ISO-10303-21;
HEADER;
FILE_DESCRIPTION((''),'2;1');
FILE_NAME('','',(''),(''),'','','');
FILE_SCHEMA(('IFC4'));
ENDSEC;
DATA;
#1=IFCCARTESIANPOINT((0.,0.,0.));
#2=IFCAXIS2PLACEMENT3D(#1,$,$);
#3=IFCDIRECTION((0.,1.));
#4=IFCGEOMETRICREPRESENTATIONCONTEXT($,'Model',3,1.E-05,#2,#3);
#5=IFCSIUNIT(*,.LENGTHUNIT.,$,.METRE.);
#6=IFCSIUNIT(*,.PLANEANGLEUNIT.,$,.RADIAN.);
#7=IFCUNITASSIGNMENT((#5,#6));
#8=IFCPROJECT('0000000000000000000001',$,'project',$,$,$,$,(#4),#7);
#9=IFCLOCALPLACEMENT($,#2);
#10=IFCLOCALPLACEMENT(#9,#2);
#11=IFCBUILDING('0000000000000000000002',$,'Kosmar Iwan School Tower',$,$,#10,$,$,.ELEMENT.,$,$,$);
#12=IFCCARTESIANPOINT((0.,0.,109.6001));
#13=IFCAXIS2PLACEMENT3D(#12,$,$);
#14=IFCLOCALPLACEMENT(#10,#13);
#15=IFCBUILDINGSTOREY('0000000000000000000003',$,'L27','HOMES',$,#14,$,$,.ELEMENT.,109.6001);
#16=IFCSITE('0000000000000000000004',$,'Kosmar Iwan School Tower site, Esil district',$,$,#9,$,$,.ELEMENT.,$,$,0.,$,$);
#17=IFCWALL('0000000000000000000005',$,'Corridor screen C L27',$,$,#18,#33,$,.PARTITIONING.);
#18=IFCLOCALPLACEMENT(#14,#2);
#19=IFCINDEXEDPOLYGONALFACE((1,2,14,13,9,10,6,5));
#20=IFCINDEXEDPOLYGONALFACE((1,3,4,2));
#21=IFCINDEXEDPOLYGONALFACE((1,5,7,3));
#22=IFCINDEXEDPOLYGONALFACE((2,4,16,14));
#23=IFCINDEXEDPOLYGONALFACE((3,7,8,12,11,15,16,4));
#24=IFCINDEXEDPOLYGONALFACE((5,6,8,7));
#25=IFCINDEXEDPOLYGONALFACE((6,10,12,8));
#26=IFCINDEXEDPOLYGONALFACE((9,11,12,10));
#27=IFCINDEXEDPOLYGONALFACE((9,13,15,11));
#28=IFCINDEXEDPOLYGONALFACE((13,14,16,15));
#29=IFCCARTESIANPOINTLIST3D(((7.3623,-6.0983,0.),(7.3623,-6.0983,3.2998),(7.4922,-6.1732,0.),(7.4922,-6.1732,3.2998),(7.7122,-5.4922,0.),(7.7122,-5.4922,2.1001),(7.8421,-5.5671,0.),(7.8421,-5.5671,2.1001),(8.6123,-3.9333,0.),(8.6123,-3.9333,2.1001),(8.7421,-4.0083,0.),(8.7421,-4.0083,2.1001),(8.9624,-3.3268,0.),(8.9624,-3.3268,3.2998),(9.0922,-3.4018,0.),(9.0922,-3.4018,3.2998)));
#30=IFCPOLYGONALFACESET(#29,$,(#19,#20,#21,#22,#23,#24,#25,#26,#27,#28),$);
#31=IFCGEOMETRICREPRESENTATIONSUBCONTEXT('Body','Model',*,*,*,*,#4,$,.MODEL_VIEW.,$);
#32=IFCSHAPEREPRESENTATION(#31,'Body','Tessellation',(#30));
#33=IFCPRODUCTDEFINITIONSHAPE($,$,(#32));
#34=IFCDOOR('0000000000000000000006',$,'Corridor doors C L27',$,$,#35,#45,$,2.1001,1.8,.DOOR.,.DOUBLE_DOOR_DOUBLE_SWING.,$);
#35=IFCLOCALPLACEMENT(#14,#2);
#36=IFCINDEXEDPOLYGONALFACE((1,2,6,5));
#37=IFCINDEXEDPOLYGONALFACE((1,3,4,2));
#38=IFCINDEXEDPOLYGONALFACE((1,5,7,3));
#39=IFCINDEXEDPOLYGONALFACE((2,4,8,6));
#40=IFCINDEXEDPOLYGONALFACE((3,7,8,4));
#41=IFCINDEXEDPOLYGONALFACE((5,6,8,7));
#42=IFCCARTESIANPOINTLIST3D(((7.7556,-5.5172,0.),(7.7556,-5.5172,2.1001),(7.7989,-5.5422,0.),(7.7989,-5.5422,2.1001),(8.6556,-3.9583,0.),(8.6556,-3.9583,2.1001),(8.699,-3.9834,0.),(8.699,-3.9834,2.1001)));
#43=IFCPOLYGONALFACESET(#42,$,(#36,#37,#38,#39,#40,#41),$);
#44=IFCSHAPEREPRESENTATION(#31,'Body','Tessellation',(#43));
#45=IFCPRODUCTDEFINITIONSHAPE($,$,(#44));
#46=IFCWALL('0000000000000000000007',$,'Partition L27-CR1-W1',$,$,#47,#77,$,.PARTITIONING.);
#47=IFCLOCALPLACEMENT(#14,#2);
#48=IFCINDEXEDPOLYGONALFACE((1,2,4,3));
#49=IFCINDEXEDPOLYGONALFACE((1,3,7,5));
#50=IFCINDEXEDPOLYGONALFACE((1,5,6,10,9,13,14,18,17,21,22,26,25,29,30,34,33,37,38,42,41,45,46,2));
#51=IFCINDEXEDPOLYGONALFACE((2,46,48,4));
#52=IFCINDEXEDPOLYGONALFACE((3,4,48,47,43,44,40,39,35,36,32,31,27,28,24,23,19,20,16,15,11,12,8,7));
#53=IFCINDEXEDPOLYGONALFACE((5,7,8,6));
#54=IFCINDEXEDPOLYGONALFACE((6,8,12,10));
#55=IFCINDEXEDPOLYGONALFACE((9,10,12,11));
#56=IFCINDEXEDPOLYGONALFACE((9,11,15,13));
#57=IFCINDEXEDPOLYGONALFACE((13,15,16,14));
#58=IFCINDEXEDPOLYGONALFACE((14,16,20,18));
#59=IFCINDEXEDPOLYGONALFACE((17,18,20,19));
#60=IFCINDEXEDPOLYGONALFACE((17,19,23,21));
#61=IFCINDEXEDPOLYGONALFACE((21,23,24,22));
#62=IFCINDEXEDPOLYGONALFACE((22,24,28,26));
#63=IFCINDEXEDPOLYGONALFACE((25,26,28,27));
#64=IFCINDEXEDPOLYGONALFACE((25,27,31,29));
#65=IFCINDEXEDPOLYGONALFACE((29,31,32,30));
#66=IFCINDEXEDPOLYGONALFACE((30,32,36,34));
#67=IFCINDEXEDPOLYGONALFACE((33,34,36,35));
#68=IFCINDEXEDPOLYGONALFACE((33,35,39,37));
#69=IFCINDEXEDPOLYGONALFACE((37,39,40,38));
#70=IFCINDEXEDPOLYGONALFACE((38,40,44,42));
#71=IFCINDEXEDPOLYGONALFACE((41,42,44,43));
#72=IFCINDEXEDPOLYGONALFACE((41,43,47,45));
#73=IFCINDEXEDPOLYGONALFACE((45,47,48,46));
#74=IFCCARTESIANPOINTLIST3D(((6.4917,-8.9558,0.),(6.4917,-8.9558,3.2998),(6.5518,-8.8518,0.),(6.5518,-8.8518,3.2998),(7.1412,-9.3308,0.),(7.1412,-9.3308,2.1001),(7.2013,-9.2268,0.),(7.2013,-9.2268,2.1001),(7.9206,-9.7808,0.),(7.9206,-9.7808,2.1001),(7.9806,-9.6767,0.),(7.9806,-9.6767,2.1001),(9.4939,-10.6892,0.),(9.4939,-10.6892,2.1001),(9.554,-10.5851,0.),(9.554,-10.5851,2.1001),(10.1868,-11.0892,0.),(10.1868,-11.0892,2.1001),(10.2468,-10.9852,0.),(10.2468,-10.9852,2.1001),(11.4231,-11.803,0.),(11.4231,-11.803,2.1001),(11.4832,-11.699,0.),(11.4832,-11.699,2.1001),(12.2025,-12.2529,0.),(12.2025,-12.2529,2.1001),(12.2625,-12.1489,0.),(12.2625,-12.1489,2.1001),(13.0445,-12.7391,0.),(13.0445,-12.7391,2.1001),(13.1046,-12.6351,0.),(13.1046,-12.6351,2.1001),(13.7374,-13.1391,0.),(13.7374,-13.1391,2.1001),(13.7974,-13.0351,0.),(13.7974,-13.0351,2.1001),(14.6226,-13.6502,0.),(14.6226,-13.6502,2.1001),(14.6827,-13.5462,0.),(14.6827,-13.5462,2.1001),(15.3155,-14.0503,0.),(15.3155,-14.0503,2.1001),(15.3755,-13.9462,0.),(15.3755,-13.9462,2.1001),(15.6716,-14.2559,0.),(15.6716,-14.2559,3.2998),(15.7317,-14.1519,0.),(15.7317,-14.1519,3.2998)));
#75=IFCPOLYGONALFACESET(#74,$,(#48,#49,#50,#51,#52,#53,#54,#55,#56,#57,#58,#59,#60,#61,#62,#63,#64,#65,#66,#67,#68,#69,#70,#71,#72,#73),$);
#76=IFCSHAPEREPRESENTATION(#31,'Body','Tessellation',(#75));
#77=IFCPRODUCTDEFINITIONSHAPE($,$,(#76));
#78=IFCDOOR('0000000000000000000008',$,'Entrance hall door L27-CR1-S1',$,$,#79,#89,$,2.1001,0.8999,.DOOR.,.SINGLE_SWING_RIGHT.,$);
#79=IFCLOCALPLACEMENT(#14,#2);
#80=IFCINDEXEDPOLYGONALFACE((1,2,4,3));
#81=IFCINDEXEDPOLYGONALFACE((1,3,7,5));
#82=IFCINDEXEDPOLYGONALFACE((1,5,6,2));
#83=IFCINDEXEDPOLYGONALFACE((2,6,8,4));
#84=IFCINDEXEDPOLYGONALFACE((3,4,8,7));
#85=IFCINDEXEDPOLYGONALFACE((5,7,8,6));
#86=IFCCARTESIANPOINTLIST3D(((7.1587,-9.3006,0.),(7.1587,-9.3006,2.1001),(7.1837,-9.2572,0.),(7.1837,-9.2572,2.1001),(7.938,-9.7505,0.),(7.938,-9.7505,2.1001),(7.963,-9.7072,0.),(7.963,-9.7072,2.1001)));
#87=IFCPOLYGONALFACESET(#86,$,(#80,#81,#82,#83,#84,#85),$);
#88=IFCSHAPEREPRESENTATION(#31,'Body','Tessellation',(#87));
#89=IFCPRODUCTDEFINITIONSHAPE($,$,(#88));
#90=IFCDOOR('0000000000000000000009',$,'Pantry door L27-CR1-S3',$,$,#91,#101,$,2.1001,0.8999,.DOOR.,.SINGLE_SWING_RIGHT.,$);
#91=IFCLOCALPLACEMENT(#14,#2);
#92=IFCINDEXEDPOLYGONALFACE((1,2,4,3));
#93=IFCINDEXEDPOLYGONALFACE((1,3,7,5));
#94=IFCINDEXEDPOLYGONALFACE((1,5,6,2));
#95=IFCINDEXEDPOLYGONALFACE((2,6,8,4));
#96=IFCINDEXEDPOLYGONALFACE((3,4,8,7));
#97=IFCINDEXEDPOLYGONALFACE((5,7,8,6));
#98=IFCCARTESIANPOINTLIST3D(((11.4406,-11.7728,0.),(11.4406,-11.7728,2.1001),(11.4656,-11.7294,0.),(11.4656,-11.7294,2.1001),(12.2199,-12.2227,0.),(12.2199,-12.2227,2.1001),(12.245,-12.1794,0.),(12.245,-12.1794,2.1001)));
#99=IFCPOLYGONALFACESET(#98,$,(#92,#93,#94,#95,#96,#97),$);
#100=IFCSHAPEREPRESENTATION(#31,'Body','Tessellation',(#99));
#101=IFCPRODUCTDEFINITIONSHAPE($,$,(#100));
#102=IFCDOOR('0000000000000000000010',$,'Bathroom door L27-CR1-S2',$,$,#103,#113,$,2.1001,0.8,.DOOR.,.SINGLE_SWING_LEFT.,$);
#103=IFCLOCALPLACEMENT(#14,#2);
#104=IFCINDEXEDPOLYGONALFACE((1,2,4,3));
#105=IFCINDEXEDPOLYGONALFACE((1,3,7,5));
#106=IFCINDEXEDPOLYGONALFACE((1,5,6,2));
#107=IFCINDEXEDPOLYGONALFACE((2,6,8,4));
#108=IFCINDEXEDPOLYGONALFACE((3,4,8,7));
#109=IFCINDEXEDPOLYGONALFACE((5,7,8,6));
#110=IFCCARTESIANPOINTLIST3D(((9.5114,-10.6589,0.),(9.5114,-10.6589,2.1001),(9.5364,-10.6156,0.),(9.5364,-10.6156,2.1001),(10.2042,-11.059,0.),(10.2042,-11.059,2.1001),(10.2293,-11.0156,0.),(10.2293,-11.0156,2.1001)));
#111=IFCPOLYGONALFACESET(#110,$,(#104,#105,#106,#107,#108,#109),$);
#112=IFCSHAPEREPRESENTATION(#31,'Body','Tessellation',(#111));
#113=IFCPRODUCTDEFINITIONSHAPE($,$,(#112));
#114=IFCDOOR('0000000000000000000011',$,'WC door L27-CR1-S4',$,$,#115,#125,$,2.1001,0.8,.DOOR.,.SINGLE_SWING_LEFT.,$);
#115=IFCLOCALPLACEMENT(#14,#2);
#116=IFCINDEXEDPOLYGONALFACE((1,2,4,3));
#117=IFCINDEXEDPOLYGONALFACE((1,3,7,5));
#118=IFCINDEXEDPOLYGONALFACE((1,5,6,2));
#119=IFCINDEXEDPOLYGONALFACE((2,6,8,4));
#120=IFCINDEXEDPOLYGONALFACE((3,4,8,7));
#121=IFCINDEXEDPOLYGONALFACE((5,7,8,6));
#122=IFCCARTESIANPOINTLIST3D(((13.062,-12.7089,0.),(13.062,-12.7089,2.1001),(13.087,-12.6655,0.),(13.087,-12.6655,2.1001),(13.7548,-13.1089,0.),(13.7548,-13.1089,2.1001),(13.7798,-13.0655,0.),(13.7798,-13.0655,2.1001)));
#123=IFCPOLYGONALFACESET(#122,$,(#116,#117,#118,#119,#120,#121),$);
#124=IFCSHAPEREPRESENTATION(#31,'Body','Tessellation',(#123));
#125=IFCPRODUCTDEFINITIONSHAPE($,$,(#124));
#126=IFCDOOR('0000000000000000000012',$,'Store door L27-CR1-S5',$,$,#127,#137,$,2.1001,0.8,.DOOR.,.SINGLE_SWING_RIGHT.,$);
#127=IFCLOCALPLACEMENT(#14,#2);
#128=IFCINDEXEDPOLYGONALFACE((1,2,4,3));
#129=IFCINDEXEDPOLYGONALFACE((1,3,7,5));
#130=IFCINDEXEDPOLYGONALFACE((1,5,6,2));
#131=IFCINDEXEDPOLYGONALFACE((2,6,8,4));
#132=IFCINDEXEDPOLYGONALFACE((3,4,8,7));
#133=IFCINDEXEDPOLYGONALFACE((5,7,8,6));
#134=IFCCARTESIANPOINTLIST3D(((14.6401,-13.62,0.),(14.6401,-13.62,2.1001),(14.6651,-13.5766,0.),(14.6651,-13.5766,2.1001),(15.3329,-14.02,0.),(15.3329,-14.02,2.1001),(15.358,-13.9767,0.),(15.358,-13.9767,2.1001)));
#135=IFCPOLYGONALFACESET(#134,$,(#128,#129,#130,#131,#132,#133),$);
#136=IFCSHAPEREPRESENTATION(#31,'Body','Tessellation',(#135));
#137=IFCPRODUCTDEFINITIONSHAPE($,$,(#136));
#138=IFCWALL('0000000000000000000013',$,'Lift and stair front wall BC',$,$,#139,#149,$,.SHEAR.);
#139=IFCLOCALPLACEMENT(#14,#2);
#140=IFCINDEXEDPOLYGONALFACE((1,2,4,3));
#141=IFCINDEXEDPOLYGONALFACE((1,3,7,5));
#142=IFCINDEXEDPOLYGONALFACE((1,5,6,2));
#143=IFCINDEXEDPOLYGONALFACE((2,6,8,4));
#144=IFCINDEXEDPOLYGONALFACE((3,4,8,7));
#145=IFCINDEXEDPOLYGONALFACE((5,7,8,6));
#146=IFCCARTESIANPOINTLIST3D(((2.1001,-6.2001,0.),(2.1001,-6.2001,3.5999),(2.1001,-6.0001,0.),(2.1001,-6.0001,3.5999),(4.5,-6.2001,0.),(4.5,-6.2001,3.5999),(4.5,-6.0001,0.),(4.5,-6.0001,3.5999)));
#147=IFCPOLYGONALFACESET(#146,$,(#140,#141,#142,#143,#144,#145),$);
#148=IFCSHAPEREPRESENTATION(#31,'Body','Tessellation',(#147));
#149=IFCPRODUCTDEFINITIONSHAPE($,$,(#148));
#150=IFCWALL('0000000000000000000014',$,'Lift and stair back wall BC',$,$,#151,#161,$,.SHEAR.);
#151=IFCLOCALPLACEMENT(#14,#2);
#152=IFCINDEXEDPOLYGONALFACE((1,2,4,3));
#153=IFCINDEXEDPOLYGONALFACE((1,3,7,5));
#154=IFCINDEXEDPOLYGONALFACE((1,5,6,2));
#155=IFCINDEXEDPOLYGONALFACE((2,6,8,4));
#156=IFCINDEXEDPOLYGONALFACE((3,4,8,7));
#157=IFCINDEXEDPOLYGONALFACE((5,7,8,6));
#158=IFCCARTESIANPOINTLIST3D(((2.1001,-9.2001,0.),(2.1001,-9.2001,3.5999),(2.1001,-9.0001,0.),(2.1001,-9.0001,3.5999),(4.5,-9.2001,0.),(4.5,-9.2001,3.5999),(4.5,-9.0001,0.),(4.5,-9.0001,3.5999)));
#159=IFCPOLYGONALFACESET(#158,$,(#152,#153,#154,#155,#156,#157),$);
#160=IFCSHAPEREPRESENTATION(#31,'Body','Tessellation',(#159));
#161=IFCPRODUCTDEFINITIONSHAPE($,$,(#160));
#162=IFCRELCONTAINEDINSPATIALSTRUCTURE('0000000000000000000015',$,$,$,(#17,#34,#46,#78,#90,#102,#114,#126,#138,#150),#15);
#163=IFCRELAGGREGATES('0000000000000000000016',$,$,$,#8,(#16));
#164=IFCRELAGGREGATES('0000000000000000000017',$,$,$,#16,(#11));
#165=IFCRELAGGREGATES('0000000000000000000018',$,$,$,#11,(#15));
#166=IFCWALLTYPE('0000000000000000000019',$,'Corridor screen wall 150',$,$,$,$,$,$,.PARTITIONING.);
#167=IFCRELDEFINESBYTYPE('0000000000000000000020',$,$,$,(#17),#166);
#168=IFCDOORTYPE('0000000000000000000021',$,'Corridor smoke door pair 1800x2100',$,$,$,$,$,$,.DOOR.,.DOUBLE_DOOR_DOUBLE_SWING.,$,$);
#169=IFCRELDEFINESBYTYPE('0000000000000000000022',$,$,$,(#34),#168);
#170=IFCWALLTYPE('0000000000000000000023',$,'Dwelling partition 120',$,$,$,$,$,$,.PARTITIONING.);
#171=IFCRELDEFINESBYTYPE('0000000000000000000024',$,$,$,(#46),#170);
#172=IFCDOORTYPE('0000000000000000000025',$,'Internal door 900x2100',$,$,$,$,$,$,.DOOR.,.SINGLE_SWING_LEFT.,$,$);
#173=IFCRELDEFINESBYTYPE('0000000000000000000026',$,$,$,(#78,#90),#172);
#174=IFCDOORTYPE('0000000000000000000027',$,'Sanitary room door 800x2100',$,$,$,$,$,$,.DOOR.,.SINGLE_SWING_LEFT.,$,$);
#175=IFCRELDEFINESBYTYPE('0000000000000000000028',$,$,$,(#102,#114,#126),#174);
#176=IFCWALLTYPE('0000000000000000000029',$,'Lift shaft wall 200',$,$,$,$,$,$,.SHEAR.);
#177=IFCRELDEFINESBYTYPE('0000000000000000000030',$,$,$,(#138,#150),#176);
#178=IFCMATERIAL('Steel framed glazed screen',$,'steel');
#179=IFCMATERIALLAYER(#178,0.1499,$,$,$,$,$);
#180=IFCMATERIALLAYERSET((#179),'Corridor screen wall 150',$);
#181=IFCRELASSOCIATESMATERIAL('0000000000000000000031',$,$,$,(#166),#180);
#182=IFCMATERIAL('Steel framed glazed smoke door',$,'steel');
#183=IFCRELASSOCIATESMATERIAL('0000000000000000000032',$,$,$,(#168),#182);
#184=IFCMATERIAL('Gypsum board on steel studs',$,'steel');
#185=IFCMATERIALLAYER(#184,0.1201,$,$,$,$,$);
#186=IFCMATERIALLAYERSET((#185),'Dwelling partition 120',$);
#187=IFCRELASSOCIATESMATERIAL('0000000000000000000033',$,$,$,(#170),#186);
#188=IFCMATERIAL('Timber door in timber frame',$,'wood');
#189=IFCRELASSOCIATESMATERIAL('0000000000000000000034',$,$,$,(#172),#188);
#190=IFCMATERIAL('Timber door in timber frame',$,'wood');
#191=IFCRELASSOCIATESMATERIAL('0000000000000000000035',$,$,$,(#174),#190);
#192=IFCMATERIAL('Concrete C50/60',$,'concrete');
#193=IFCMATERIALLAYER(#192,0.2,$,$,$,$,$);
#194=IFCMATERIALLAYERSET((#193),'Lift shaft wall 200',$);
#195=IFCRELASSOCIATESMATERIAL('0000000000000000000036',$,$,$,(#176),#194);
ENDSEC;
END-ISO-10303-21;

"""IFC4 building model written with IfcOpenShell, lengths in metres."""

from ifc_helpers import new_model, si_unit, direction, frame, frame_2d, origin, place, context, subcontext, project, spatial, rectangle, extrude, material, layer, layer_set, type_object, element, fill, save


model = new_model("IFC4")

# Units and contexts
model_context = context("Model", 3, precision=1e-05, world=origin(), true_north=direction((0.0, 1.0)))
body_context = subcontext(model_context, "Body", "Model", "MODEL_VIEW")
ifc_project = project(units=[si_unit("LENGTHUNIT", "METRE"), si_unit("PLANEANGLEUNIT", "RADIAN")], contexts=[model_context])

# Site, building, storey
site_placement = place(None, origin())
site = spatial("IfcSite", under=ifc_project, at=site_placement, Name="Kosmar Iwan School Tower site, Esil district", CompositionType="ELEMENT", RefElevation=0.0)
building_placement = place(site_placement, origin())
building = spatial("IfcBuilding", under=site, at=building_placement, Name="Kosmar Iwan School Tower", CompositionType="ELEMENT")
storey_placement = place(building_placement, frame((0.0, 0.0, 109.6001)))
storey = spatial("IfcBuildingStorey", under=building, at=storey_placement, Name="L27", Description="HOMES", CompositionType="ELEMENT", Elevation=109.6001)

# Wall, opening, door
ifc_material_1 = material(Name="Steel framed glazed screen", Category="steel")
ifc_layer_1 = layer(ifc_material_1, 0.1499)
ifc_layer_set_1 = layer_set([ifc_layer_1], Name="Corridor screen wall 150")
wall_type_1 = type_object("IfcWallType", Name="Corridor screen wall 150", PredefinedType="PARTITIONING", material=ifc_layer_set_1)
wall_1_placement = place(storey_placement, frame((7.4272, -6.1357, 0.0), z_axis=(0.0, 0.0, 1.0), x_axis=(0.499995, 0.866028, 0.0)))
wall_1 = element("IfcWall", 1, at=wall_1_placement, inside=storey, type_object=wall_type_1, Name="Corridor screen C L27", PredefinedType="PARTITIONING", context=body_context, shape_type="SweptSolid", body=[
    extrude(rectangle(XDim=3.2002, YDim=0.1499, at=frame_2d((1.6001, 0.0))), origin(), (0.0, 0.0, 1.0), 3.2998),
])
opening_1_placement = place(wall_1_placement, frame((0.7, 0.0, 0.0)))
opening_1 = element("IfcOpeningElement", 2, at=opening_1_placement, cuts=wall_1, PredefinedType="OPENING", context=body_context, shape_type="SweptSolid", body=[
    extrude(rectangle(XDim=1.8, YDim=2.1001, at=frame_2d((0.8999, 1.05))), frame((0.0, 0.0869, 0.0), z_axis=(0.0, -1.0, 0.0), x_axis=(1.0, 0.0, 0.0)), (0.0, 0.0, 1.0), 0.1738),
])
ifc_material_2 = material(Name="Steel framed glazed smoke door", Category="steel")
door_type_1 = type_object("IfcDoorType", Name="Corridor smoke door pair 1800x2100", OperationType="DOUBLE_DOOR_DOUBLE_SWING", PredefinedType="DOOR", material=ifc_material_2)
door_1_placement = place(opening_1_placement, origin())
door_1 = element("IfcDoor", 3, at=door_1_placement, inside=storey, type_object=door_type_1, Name="Corridor doors C L27", OperationType="DOUBLE_DOOR_DOUBLE_SWING", OverallHeight=2.1001, OverallWidth=1.8, PredefinedType="DOOR", context=body_context, shape_type="SweptSolid", body=[
    extrude(rectangle(XDim=1.8, YDim=2.1001, at=frame_2d((0.8999, 1.05))), frame((0.0, 0.0249, 0.0), z_axis=(0.0, -1.0, 0.0), x_axis=(1.0, 0.0, 0.0)), (0.0, 0.0, 1.0), 0.05),
])
fill(opening_1, door_1)

# Wall, openings, doors
ifc_material_3 = material(Name="Gypsum board on steel studs", Category="steel")
ifc_layer_2 = layer(ifc_material_3, 0.1201)
ifc_layer_set_2 = layer_set([ifc_layer_2], Name="Dwelling partition 120")
wall_type_2 = type_object("IfcWallType", Name="Dwelling partition 120", PredefinedType="PARTITIONING", material=ifc_layer_set_2)
wall_2_placement = place(storey_placement, frame((6.5217, -8.9038, 0.0), z_axis=(0.0, 0.0, 1.0), x_axis=(0.866025, -0.500001, 0.0)))
wall_2 = element("IfcWall", 4, at=wall_2_placement, inside=storey, type_object=wall_type_2, Name="Partition L27-CR1-W1", PredefinedType="PARTITIONING", context=body_context, shape_type="SweptSolid", body=[
    extrude(rectangle(XDim=10.6001, YDim=0.1201, at=frame_2d((5.3, 0.0))), origin(), (0.0, 0.0, 1.0), 3.2998),
])
opening_2_placement = place(wall_2_placement, frame((0.75, 0.0, 0.0)))
opening_2 = element("IfcOpeningElement", 5, at=opening_2_placement, cuts=wall_2, PredefinedType="OPENING", context=body_context, shape_type="SweptSolid", body=[
    extrude(rectangle(XDim=0.8999, YDim=2.1001, at=frame_2d((0.45, 1.05))), frame((0.0, 0.072, 0.0), z_axis=(0.0, -1.0, 0.0), x_axis=(1.0, 0.0, 0.0)), (0.0, 0.0, 1.0), 0.144),
])
opening_3_placement = place(wall_2_placement, frame((3.4668, 0.0, 0.0)))
opening_3 = element("IfcOpeningElement", 6, at=opening_3_placement, cuts=wall_2, PredefinedType="OPENING", context=body_context, shape_type="SweptSolid", body=[
    extrude(rectangle(XDim=0.8, YDim=2.1001, at=frame_2d((0.3999, 1.05))), frame((0.0, 0.072, 0.0), z_axis=(0.0, -1.0, 0.0), x_axis=(1.0, 0.0, 0.0)), (0.0, 0.0, 1.0), 0.144),
])
opening_4_placement = place(wall_2_placement, frame((5.6943, 0.0, 0.0)))
opening_4 = element("IfcOpeningElement", 7, at=opening_4_placement, cuts=wall_2, PredefinedType="OPENING", context=body_context, shape_type="SweptSolid", body=[
    extrude(rectangle(XDim=0.8999, YDim=2.1001, at=frame_2d((0.45, 1.05))), frame((0.0, 0.072, 0.0), z_axis=(0.0, -1.0, 0.0), x_axis=(1.0, 0.0, 0.0)), (0.0, 0.0, 1.0), 0.144),
])
opening_5_placement = place(wall_2_placement, frame((7.5667, 0.0, 0.0)))
opening_5 = element("IfcOpeningElement", 8, at=opening_5_placement, cuts=wall_2, PredefinedType="OPENING", context=body_context, shape_type="SweptSolid", body=[
    extrude(rectangle(XDim=0.8, YDim=2.1001, at=frame_2d((0.3999, 1.05))), frame((0.0, 0.072, 0.0), z_axis=(0.0, -1.0, 0.0), x_axis=(1.0, 0.0, 0.0)), (0.0, 0.0, 1.0), 0.144),
])
opening_6_placement = place(wall_2_placement, frame((9.3889, 0.0, 0.0)))
opening_6 = element("IfcOpeningElement", 9, at=opening_6_placement, cuts=wall_2, PredefinedType="OPENING", context=body_context, shape_type="SweptSolid", body=[
    extrude(rectangle(XDim=0.8, YDim=2.1001, at=frame_2d((0.3999, 1.05))), frame((0.0, 0.072, 0.0), z_axis=(0.0, -1.0, 0.0), x_axis=(1.0, 0.0, 0.0)), (0.0, 0.0, 1.0), 0.144),
])
ifc_material_4 = material(Name="Timber door in timber frame", Category="wood")
door_type_2 = type_object("IfcDoorType", Name="Internal door 900x2100", OperationType="SINGLE_SWING_LEFT", PredefinedType="DOOR", material=ifc_material_4)
door_2_placement = place(opening_2_placement, origin())
door_2 = element("IfcDoor", 10, at=door_2_placement, inside=storey, type_object=door_type_2, Name="Entrance hall door L27-CR1-S1", OperationType="SINGLE_SWING_RIGHT", OverallHeight=2.1001, OverallWidth=0.8999, PredefinedType="DOOR", context=body_context, shape_type="SweptSolid", body=[
    extrude(rectangle(XDim=0.8999, YDim=2.1001, at=frame_2d((0.45, 1.05))), frame((0.0, 0.0249, 0.0), z_axis=(0.0, -1.0, 0.0), x_axis=(1.0, 0.0, 0.0)), (0.0, 0.0, 1.0), 0.05),
])
fill(opening_2, door_2)
door_3_placement = place(opening_4_placement, origin())
door_3 = element("IfcDoor", 11, at=door_3_placement, inside=storey, type_object=door_type_2, Name="Pantry door L27-CR1-S3", OperationType="SINGLE_SWING_RIGHT", OverallHeight=2.1001, OverallWidth=0.8999, PredefinedType="DOOR", context=body_context, shape_type="SweptSolid", body=[
    extrude(rectangle(XDim=0.8999, YDim=2.1001, at=frame_2d((0.45, 1.05))), frame((0.0, 0.0249, 0.0), z_axis=(0.0, -1.0, 0.0), x_axis=(1.0, 0.0, 0.0)), (0.0, 0.0, 1.0), 0.05),
])
fill(opening_4, door_3)
ifc_material_5 = material(Name="Timber door in timber frame", Category="wood")
door_type_3 = type_object("IfcDoorType", Name="Sanitary room door 800x2100", OperationType="SINGLE_SWING_LEFT", PredefinedType="DOOR", material=ifc_material_5)
door_4_placement = place(opening_3_placement, origin())
door_4 = element("IfcDoor", 12, at=door_4_placement, inside=storey, type_object=door_type_3, Name="Bathroom door L27-CR1-S2", OperationType="SINGLE_SWING_LEFT", OverallHeight=2.1001, OverallWidth=0.8, PredefinedType="DOOR", context=body_context, shape_type="SweptSolid", body=[
    extrude(rectangle(XDim=0.8, YDim=2.1001, at=frame_2d((0.3999, 1.05))), frame((0.0, 0.0249, 0.0), z_axis=(0.0, -1.0, 0.0), x_axis=(1.0, 0.0, 0.0)), (0.0, 0.0, 1.0), 0.05),
])
fill(opening_3, door_4)
door_5_placement = place(opening_5_placement, origin())
door_5 = element("IfcDoor", 13, at=door_5_placement, inside=storey, type_object=door_type_3, Name="WC door L27-CR1-S4", OperationType="SINGLE_SWING_LEFT", OverallHeight=2.1001, OverallWidth=0.8, PredefinedType="DOOR", context=body_context, shape_type="SweptSolid", body=[
    extrude(rectangle(XDim=0.8, YDim=2.1001, at=frame_2d((0.3999, 1.05))), frame((0.0, 0.0249, 0.0), z_axis=(0.0, -1.0, 0.0), x_axis=(1.0, 0.0, 0.0)), (0.0, 0.0, 1.0), 0.05),
])
fill(opening_5, door_5)
door_6_placement = place(opening_6_placement, origin())
door_6 = element("IfcDoor", 14, at=door_6_placement, inside=storey, type_object=door_type_3, Name="Store door L27-CR1-S5", OperationType="SINGLE_SWING_RIGHT", OverallHeight=2.1001, OverallWidth=0.8, PredefinedType="DOOR", context=body_context, shape_type="SweptSolid", body=[
    extrude(rectangle(XDim=0.8, YDim=2.1001, at=frame_2d((0.3999, 1.05))), frame((0.0, 0.0249, 0.0), z_axis=(0.0, -1.0, 0.0), x_axis=(1.0, 0.0, 0.0)), (0.0, 0.0, 1.0), 0.05),
])
fill(opening_6, door_6)

# Walls
ifc_material_6 = material(Name="Concrete C50/60", Category="concrete")
ifc_layer_3 = layer(ifc_material_6, 0.2)
ifc_layer_set_3 = layer_set([ifc_layer_3], Name="Lift shaft wall 200")
wall_type_3 = type_object("IfcWallType", Name="Lift shaft wall 200", PredefinedType="SHEAR", material=ifc_layer_set_3)
for number, where, z_axis, x_axis, name in (
    (15, (2.1001, -6.1001, 0.0), (0.0, 0.0, 1.0), (1.0, 0.0, 0.0), "Lift and stair front wall BC"),
    (16, (2.1001, -9.1001, 0.0), (0.0, 0.0, 1.0), (1.0, 0.0, 0.0), "Lift and stair back wall BC"),
):
    element("IfcWall", number, at=place(storey_placement, frame(where, z_axis=z_axis, x_axis=x_axis)), inside=storey, type_object=wall_type_3, Name=name, PredefinedType="SHEAR", context=body_context, shape_type="SweptSolid", body=[
        extrude(rectangle(XDim=2.3999, YDim=0.2, at=frame_2d((1.2, 0.0))), origin(), (0.0, 0.0, 1.0), 3.5999),
    ])

save(model, "model.ifc")
